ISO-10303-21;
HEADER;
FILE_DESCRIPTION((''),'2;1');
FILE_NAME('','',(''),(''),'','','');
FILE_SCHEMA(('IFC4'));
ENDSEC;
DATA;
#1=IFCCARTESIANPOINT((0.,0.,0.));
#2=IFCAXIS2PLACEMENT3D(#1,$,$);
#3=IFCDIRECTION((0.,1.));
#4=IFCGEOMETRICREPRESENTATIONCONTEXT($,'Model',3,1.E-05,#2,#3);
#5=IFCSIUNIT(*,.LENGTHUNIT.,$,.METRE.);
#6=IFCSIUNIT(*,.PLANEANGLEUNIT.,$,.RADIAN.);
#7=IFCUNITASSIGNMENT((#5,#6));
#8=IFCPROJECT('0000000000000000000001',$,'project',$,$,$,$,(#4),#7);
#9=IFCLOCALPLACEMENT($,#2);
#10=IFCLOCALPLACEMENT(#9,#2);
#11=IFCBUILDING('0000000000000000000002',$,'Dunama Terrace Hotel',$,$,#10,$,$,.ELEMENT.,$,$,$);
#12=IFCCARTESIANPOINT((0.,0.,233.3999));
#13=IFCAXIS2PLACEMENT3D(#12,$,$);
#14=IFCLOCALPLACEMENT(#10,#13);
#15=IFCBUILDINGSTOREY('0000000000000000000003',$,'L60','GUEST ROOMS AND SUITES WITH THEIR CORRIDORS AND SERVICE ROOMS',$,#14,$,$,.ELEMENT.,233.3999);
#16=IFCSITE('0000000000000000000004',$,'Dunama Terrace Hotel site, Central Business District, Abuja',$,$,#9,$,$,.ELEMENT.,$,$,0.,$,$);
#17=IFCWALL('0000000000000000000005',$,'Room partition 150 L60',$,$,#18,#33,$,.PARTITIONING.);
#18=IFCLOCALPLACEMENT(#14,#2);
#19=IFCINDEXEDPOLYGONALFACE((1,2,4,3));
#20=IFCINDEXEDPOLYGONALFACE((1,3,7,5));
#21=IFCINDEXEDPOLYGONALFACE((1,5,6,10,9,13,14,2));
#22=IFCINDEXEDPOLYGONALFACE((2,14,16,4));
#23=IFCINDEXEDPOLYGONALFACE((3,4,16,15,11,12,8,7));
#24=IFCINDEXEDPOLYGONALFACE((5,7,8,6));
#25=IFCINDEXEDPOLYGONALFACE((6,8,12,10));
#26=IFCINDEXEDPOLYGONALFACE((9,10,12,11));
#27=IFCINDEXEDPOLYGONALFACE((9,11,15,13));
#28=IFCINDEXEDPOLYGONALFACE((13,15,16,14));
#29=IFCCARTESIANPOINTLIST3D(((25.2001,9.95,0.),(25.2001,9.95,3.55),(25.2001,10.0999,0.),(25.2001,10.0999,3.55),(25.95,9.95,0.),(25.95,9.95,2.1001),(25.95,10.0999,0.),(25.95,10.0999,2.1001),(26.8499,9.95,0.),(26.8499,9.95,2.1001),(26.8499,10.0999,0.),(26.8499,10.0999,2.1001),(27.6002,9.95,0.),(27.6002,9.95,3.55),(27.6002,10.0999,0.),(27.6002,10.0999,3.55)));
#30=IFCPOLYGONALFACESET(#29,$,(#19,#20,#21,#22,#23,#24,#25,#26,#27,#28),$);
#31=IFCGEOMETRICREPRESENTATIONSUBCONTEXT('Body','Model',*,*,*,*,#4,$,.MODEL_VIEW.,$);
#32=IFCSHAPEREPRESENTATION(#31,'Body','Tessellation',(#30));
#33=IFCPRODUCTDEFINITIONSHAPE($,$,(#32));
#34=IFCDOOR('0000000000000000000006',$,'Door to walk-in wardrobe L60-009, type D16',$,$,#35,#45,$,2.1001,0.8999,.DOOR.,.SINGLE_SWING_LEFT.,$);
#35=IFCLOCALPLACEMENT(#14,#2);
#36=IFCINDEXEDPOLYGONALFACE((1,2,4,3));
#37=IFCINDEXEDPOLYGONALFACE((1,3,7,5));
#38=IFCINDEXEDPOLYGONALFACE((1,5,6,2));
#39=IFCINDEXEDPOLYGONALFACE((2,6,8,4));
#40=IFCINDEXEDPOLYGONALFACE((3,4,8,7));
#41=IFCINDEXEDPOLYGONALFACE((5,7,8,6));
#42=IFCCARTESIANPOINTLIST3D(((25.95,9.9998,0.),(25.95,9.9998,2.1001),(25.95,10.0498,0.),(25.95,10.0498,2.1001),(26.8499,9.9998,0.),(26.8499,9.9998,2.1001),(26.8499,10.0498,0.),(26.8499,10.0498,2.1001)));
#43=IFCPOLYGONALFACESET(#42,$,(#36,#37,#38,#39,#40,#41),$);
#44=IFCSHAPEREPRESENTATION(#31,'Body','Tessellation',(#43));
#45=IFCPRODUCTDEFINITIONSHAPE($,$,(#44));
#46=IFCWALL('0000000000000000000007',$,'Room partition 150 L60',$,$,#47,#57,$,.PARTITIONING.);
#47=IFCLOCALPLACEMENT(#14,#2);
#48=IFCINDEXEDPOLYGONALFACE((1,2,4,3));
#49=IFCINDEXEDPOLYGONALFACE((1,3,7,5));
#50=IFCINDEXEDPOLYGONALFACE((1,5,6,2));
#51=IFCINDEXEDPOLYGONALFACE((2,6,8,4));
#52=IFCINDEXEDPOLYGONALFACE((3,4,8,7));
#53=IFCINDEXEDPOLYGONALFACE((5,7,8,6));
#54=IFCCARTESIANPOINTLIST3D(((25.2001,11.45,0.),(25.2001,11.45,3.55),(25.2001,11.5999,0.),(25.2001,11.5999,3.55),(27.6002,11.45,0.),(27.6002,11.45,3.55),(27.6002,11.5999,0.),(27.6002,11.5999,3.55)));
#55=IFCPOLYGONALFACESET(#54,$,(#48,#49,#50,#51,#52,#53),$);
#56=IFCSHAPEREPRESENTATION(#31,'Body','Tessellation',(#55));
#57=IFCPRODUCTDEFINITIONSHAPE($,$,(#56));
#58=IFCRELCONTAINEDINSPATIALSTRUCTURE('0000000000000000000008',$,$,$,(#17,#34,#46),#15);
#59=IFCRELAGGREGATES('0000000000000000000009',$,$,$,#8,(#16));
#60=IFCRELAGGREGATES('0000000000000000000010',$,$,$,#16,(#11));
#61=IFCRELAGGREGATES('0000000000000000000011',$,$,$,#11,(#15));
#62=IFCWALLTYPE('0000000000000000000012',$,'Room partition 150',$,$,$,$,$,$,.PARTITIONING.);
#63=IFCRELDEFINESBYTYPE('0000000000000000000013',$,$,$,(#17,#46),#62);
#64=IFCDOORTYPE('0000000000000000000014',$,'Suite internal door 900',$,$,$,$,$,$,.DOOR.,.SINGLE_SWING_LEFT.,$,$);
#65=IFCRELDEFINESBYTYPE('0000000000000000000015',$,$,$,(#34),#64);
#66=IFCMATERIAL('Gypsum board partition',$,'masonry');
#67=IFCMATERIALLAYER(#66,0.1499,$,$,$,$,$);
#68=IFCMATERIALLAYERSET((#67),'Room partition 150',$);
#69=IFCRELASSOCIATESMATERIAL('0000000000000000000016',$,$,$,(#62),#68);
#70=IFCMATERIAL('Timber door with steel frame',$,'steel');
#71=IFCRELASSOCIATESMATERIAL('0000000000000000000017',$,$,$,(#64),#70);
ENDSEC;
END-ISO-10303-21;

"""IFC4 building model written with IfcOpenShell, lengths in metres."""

from ifc_helpers import new_model, si_unit, direction, frame, frame_2d, origin, place, context, subcontext, project, spatial, rectangle, extrude, material, layer, layer_set, type_object, element, fill, save


model = new_model("IFC4")

# Units and contexts
model_context = context("Model", 3, precision=1e-05, world=origin(), true_north=direction((0.0, 1.0)))
body_context = subcontext(model_context, "Body", "Model", "MODEL_VIEW")
ifc_project = project(units=[si_unit("LENGTHUNIT", "METRE"), si_unit("PLANEANGLEUNIT", "RADIAN")], contexts=[model_context])

# Site, building, storey
site_placement = place(None, origin())
site = spatial("IfcSite", under=ifc_project, at=site_placement, Name="Dunama Terrace Hotel site, Central Business District, Abuja", CompositionType="ELEMENT", RefElevation=0.0)
building_placement = place(site_placement, origin())
building = spatial("IfcBuilding", under=site, at=building_placement, Name="Dunama Terrace Hotel", CompositionType="ELEMENT")
storey_placement = place(building_placement, frame((0.0, 0.0, 233.3999)))
storey = spatial("IfcBuildingStorey", under=building, at=storey_placement, Name="L60", Description="GUEST ROOMS AND SUITES WITH THEIR CORRIDORS AND SERVICE ROOMS", CompositionType="ELEMENT", Elevation=233.3999)

# Shared definitions
ifc_material_1 = material(Name="Gypsum board partition", Category="masonry")
ifc_layer_1 = layer(ifc_material_1, 0.1499)
ifc_layer_set_1 = layer_set([ifc_layer_1], Name="Room partition 150")
wall_type_1 = type_object("IfcWallType", Name="Room partition 150", PredefinedType="PARTITIONING", material=ifc_layer_set_1)

# Wall, opening, door
wall_1_placement = place(storey_placement, frame((25.2, 10.0249, 0.0), z_axis=(0.0, 0.0, 1.0), x_axis=(1.0, 0.0, 0.0)))
wall_1 = element("IfcWall", 1, at=wall_1_placement, inside=storey, type_object=wall_type_1, Name="Room partition 150 L60", PredefinedType="PARTITIONING", context=body_context, shape_type="SweptSolid", body=[
    extrude(rectangle(XDim=2.4001, YDim=0.1499, at=frame_2d((1.2002, 0.0))), origin(), (0.0, 0.0, 1.0), 3.55),
])
opening_1_placement = place(wall_1_placement, frame((0.75, 0.0, 0.0)))
opening_1 = element("IfcOpeningElement", 2, at=opening_1_placement, cuts=wall_1, PredefinedType="OPENING", context=body_context, shape_type="SweptSolid", body=[
    extrude(rectangle(XDim=0.8999, YDim=2.1001, at=frame_2d((0.45, 1.05))), frame((0.0, 0.085, 0.0), z_axis=(0.0, -1.0, 0.0), x_axis=(1.0, 0.0, 0.0)), (0.0, 0.0, 1.0), 0.1699),
])
ifc_material_2 = material(Name="Timber door with steel frame", Category="steel")
door_type_1 = type_object("IfcDoorType", Name="Suite internal door 900", OperationType="SINGLE_SWING_LEFT", PredefinedType="DOOR", material=ifc_material_2)
door_1_placement = place(opening_1_placement, origin())
door_1 = element("IfcDoor", 3, at=door_1_placement, inside=storey, type_object=door_type_1, Name="Door to walk-in wardrobe L60-009, type D16", OperationType="SINGLE_SWING_LEFT", OverallHeight=2.1001, OverallWidth=0.8999, PredefinedType="DOOR", context=body_context, shape_type="SweptSolid", body=[
    extrude(rectangle(XDim=0.8999, YDim=2.1001, at=frame_2d((0.45, 1.05))), frame((0.0, 0.0249, 0.0), z_axis=(0.0, -1.0, 0.0), x_axis=(1.0, 0.0, 0.0)), (0.0, 0.0, 1.0), 0.05),
])
fill(opening_1, door_1)

# Wall
wall_2_placement = place(storey_placement, frame((25.2, 11.5249, 0.0), z_axis=(0.0, 0.0, 1.0), x_axis=(1.0, 0.0, 0.0)))
element("IfcWall", 4, at=wall_2_placement, inside=storey, type_object=wall_type_1, Name="Room partition 150 L60", PredefinedType="PARTITIONING", context=body_context, shape_type="SweptSolid", body=[
    extrude(rectangle(XDim=2.4001, YDim=0.1499, at=frame_2d((1.2002, 0.0))), origin(), (0.0, 0.0, 1.0), 3.55),
])

save(model, "model.ifc")
